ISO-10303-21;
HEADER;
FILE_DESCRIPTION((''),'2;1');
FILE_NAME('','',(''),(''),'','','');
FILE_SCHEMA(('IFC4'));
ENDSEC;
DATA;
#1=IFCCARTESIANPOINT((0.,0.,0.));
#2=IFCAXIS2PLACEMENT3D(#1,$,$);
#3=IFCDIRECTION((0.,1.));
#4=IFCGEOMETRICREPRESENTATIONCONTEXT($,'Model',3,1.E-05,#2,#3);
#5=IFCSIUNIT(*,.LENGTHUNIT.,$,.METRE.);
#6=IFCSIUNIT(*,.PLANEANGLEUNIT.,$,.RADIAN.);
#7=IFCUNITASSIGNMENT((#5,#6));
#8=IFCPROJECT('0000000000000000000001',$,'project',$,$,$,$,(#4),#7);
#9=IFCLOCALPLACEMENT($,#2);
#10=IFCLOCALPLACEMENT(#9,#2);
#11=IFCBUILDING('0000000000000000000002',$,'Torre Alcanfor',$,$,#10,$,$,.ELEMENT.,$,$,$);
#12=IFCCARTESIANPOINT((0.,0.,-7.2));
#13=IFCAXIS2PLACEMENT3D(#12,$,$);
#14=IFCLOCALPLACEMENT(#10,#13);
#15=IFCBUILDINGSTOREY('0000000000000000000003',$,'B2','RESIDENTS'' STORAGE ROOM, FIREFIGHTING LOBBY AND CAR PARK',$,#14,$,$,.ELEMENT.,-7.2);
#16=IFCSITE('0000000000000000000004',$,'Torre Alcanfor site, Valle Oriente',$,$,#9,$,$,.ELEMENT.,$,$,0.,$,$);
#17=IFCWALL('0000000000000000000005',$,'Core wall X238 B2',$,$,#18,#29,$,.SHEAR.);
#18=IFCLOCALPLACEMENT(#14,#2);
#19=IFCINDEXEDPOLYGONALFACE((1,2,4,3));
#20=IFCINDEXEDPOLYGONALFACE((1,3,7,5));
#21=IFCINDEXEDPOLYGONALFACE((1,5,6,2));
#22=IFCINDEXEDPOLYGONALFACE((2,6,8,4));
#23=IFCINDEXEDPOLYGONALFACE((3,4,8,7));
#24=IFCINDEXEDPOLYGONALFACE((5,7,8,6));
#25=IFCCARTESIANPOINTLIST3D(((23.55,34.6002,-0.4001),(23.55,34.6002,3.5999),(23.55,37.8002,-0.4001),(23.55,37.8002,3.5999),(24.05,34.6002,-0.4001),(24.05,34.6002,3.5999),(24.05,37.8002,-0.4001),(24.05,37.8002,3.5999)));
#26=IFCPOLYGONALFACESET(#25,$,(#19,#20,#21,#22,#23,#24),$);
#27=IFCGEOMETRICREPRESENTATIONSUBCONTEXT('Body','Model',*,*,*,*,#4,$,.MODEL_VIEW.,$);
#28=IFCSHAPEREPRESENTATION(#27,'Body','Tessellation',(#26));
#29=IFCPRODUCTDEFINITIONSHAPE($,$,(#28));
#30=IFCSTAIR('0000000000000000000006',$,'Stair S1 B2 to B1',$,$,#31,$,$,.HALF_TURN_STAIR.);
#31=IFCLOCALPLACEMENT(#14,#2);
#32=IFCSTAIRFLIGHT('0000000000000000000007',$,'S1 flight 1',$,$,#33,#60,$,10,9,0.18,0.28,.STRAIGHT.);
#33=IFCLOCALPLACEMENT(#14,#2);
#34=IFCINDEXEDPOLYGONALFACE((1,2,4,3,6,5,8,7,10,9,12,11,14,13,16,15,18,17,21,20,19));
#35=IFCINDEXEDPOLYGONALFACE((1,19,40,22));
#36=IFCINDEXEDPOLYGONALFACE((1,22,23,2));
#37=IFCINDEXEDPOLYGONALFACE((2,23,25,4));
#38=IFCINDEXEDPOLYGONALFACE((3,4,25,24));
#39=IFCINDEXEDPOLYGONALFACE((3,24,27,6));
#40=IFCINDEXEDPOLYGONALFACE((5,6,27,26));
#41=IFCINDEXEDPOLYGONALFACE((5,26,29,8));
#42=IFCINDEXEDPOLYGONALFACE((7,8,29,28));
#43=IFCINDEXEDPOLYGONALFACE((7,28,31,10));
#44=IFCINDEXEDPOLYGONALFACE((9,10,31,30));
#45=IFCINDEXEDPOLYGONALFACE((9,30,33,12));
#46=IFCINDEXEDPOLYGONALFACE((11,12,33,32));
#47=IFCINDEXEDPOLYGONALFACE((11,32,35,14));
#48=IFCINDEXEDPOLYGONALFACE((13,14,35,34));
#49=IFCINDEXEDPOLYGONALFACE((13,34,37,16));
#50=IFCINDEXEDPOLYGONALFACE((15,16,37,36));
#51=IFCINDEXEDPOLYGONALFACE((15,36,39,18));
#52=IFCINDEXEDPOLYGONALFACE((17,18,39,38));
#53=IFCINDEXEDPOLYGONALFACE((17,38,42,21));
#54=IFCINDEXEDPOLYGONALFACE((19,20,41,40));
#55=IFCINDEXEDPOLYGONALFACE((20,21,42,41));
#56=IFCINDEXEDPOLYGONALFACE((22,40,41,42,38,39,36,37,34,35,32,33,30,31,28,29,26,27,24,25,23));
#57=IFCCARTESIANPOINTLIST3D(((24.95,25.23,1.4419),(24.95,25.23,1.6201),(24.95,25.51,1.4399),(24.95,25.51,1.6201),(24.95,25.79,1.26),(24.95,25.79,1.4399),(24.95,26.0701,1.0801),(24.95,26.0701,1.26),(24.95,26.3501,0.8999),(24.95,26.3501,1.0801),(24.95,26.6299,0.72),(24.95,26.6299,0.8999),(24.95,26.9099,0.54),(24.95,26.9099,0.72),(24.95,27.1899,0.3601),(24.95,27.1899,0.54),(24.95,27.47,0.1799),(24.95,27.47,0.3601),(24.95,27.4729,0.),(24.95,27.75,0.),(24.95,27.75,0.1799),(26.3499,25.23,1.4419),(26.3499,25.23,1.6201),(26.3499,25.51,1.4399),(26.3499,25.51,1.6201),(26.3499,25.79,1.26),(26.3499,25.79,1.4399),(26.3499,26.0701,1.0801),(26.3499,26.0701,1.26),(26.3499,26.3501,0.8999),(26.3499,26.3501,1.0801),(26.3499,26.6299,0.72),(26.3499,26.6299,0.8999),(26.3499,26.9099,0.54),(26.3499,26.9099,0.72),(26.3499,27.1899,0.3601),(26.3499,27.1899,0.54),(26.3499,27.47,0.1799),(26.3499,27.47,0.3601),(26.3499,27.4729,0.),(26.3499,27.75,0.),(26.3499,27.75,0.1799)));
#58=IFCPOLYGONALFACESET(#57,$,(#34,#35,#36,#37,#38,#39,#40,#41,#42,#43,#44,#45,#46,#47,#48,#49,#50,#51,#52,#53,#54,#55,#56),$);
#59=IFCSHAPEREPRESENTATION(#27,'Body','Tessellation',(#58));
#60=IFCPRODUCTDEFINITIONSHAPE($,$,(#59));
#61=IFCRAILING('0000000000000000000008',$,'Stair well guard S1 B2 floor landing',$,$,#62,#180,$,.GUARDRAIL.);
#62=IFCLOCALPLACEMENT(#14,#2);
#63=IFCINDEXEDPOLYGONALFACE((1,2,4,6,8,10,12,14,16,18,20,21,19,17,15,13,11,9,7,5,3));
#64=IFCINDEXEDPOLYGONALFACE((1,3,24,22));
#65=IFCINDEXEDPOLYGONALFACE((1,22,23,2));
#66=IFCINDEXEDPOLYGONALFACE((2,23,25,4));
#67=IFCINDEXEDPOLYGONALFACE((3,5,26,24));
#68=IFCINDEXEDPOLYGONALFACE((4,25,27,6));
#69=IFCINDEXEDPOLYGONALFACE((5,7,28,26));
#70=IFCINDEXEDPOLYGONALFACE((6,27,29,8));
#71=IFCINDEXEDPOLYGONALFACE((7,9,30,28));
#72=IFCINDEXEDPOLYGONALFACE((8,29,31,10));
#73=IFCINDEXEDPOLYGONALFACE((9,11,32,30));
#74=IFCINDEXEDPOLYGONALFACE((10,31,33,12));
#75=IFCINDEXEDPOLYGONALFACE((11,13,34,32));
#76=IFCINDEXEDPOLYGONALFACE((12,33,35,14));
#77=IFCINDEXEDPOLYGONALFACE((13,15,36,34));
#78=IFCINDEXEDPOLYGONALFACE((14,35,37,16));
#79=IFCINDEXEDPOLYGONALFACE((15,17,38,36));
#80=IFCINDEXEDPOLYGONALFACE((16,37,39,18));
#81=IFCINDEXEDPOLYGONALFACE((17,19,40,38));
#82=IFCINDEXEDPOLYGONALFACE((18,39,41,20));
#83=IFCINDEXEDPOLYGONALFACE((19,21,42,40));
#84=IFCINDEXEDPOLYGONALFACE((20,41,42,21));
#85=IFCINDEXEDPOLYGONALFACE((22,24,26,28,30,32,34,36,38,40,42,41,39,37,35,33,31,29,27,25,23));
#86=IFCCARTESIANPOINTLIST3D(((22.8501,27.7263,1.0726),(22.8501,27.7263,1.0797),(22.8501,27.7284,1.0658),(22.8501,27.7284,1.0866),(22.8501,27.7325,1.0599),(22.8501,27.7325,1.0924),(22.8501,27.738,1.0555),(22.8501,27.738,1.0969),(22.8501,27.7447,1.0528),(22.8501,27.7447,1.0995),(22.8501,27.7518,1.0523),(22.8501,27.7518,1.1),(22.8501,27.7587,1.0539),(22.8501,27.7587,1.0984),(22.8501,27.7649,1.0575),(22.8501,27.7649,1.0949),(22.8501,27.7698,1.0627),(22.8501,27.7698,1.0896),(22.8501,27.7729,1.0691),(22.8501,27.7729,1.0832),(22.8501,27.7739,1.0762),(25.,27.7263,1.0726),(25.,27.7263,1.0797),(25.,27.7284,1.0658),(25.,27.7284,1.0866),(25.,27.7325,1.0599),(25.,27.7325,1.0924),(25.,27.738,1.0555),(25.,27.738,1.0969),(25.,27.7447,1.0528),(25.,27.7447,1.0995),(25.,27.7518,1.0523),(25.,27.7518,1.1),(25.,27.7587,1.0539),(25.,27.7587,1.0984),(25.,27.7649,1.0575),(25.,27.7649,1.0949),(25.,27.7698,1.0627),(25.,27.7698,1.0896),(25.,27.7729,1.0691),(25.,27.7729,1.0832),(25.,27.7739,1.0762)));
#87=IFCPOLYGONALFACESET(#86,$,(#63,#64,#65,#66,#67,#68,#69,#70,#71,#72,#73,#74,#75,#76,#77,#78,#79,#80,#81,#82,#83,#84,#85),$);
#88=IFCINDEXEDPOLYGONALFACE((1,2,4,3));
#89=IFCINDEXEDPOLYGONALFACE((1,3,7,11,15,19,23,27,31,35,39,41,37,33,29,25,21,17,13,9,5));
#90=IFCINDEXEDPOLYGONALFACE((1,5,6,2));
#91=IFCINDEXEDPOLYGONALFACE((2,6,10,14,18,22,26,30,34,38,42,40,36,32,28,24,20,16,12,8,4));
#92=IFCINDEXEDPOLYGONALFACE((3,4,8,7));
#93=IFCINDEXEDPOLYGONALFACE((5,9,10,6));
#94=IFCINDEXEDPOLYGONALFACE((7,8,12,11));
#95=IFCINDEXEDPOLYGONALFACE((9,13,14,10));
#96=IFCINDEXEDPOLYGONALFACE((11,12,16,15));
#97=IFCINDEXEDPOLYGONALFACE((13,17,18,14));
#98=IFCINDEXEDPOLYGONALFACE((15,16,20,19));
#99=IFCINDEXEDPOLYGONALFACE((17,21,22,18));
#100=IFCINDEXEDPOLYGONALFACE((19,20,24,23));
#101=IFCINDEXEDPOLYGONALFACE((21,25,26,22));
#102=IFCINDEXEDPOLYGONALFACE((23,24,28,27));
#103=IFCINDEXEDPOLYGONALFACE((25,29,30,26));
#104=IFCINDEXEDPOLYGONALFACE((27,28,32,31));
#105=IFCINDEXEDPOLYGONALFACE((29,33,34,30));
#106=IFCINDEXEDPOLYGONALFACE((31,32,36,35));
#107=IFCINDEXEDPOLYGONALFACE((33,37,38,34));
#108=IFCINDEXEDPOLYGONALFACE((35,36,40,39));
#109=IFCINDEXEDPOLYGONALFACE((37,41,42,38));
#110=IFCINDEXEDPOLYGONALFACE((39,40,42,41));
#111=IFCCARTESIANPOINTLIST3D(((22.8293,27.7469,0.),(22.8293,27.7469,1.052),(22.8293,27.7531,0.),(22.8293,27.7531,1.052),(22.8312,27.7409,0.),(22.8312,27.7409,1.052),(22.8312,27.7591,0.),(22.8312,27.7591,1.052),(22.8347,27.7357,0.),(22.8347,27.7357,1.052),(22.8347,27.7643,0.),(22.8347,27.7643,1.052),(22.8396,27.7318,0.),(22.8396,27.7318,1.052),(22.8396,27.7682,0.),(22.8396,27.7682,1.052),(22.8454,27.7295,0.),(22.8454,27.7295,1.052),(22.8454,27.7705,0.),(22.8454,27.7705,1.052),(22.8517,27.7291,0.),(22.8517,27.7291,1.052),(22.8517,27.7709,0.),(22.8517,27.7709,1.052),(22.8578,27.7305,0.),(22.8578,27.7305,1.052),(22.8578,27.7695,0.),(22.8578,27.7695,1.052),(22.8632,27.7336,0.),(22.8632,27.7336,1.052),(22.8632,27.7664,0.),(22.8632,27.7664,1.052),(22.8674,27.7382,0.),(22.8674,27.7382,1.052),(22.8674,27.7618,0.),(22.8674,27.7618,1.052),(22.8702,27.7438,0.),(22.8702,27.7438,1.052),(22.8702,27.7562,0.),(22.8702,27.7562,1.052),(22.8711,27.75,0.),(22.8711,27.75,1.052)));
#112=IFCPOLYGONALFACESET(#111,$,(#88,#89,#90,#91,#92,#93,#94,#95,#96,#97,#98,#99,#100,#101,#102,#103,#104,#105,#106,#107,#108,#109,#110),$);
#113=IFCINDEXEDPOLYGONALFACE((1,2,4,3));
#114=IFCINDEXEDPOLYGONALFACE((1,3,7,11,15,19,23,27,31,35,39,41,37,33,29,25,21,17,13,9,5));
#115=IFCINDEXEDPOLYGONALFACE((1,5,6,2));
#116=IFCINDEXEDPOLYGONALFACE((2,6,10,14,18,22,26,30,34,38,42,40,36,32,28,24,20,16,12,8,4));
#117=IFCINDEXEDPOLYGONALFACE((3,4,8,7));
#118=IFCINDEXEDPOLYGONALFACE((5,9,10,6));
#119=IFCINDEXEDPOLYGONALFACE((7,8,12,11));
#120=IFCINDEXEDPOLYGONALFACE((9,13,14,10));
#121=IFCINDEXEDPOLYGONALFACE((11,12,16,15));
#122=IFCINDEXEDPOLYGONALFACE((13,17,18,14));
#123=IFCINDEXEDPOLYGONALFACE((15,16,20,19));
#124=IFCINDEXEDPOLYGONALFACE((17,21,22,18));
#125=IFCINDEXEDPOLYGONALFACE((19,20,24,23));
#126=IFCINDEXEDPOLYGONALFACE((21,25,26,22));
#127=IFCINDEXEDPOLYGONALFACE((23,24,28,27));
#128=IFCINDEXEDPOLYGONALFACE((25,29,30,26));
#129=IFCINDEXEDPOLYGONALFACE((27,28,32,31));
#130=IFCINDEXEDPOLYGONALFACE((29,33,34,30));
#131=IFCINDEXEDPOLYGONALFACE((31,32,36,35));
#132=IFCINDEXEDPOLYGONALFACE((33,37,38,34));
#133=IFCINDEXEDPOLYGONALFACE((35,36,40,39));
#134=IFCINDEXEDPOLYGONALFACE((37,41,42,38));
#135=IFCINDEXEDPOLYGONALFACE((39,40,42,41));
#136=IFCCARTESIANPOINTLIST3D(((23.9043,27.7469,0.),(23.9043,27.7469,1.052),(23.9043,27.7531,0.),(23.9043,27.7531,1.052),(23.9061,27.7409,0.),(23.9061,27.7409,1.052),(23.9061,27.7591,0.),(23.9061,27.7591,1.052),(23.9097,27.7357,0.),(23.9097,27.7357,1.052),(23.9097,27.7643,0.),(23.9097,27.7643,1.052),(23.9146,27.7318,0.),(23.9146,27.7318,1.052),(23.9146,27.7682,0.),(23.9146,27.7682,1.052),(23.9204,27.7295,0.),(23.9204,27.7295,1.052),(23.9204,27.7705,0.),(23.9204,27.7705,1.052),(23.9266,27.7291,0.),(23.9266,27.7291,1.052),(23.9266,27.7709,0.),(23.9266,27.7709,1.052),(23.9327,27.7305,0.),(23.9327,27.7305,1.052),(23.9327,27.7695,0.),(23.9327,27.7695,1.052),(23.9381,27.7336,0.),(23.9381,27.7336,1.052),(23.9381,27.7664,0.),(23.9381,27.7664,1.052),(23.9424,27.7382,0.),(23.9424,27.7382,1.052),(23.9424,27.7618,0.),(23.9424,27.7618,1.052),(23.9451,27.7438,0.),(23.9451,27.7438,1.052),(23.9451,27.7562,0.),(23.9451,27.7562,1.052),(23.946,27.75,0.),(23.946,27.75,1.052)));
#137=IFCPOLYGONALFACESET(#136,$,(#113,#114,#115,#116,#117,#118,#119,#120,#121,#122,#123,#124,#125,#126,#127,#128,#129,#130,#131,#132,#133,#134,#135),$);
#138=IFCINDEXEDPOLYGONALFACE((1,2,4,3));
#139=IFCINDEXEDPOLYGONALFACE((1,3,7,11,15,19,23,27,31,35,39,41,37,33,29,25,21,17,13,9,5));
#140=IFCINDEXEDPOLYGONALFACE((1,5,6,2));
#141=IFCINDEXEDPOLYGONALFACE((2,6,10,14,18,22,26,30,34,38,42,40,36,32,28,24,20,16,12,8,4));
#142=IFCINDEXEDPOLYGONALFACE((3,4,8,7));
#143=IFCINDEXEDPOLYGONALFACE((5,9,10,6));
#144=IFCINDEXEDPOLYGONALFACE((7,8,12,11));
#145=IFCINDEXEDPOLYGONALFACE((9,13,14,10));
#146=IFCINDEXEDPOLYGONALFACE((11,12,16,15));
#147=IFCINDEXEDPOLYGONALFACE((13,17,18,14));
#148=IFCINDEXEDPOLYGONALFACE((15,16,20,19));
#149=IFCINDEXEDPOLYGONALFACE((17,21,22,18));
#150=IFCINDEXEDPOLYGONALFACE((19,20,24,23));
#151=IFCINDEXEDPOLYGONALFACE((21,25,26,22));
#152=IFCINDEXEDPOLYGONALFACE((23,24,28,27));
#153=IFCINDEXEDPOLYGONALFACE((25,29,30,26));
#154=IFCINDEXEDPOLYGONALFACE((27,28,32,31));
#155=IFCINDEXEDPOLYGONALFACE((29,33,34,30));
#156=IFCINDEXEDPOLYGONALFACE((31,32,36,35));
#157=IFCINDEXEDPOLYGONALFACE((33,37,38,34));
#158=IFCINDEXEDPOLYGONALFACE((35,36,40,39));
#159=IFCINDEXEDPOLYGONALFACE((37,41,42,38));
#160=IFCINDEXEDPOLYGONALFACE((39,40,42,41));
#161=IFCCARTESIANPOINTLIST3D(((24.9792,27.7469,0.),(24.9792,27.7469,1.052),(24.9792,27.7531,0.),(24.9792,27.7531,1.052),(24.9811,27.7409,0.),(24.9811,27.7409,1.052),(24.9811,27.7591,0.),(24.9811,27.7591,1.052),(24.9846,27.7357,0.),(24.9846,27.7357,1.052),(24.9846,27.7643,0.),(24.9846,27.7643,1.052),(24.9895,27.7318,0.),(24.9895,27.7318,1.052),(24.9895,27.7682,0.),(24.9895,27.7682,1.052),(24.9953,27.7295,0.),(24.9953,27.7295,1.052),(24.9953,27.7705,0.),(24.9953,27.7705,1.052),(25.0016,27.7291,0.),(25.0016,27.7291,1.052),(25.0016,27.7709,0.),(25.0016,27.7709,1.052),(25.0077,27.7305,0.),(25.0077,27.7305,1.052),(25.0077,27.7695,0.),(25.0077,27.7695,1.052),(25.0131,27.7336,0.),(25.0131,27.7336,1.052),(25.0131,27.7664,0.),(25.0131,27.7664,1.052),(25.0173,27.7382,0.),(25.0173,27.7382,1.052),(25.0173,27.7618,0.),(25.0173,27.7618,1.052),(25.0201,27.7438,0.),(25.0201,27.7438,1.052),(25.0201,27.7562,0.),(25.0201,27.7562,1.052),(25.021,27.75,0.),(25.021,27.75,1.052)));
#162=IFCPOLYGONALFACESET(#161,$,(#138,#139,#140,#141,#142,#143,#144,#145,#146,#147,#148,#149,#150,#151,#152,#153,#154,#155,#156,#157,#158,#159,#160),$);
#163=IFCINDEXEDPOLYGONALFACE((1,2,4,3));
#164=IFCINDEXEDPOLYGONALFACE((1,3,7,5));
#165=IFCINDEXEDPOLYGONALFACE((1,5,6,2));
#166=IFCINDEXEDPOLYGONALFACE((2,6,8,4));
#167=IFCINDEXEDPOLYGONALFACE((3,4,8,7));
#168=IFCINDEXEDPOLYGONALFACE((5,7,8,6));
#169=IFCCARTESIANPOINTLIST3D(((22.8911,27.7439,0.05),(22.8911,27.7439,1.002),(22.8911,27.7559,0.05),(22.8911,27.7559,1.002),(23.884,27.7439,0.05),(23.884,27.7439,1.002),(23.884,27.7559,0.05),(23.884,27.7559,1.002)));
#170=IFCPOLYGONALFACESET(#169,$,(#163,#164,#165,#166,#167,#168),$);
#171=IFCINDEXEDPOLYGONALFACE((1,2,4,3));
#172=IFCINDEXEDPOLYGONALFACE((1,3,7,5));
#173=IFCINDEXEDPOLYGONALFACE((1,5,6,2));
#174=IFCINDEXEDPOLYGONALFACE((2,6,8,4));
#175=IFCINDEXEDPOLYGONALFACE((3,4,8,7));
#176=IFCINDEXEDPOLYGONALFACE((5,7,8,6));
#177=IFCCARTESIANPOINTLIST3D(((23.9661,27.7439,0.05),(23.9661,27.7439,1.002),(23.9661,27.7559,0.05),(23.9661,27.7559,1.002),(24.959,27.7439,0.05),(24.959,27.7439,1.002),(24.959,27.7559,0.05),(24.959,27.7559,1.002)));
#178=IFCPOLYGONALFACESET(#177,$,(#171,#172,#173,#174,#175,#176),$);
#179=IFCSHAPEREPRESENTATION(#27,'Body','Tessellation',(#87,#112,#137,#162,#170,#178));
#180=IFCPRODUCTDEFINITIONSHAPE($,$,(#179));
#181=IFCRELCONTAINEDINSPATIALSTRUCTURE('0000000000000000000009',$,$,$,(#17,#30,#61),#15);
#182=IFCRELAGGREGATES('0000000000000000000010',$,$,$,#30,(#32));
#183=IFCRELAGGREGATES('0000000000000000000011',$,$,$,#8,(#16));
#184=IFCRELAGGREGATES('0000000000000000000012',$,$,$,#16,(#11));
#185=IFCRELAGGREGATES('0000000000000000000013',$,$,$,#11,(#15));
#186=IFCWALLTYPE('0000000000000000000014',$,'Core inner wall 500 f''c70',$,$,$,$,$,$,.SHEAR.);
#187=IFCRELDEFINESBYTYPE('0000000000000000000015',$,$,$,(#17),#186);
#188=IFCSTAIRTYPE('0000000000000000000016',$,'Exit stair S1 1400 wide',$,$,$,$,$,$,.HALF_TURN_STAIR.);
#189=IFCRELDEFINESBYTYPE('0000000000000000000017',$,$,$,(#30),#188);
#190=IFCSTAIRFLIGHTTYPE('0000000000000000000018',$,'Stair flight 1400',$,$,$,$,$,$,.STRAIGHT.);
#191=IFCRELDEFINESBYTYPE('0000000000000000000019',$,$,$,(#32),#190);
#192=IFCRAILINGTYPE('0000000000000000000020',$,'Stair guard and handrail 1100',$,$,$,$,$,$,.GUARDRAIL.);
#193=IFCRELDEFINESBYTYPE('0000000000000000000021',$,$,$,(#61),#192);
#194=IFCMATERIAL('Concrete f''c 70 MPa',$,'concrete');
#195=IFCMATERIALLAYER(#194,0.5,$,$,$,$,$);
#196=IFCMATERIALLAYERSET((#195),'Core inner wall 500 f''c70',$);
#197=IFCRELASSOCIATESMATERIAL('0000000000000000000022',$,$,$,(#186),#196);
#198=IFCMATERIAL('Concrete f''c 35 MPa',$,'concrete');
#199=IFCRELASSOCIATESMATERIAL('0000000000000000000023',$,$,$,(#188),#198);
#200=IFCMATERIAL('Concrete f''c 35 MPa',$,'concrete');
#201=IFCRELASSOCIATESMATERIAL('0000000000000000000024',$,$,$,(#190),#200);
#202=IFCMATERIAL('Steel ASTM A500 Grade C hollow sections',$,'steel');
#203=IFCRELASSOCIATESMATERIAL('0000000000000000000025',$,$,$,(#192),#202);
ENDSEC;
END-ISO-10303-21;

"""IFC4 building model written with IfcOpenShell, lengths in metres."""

from ifc_helpers import new_model, si_unit, direction, frame, frame_2d, origin, origin_2d, place, context, subcontext, project, spatial, polyline, rectangle, circle, outline, extrude, material, layer, layer_set, type_object, element, aggregate, save


model = new_model("IFC4")

# Units and contexts
model_context = context("Model", 3, precision=1e-05, world=origin(), true_north=direction((0.0, 1.0)))
body_context = subcontext(model_context, "Body", "Model", "MODEL_VIEW")
ifc_project = project(units=[si_unit("LENGTHUNIT", "METRE"), si_unit("PLANEANGLEUNIT", "RADIAN")], contexts=[model_context])

# Site, building, storey
site_placement = place(None, origin())
site = spatial("IfcSite", under=ifc_project, at=site_placement, Name="Torre Alcanfor site, Valle Oriente", CompositionType="ELEMENT", RefElevation=0.0)
building_placement = place(site_placement, origin())
building = spatial("IfcBuilding", under=site, at=building_placement, Name="Torre Alcanfor", CompositionType="ELEMENT")
storey_placement = place(building_placement, frame((0.0, 0.0, -7.2)))
storey = spatial("IfcBuildingStorey", under=building, at=storey_placement, Name="B2", Description="RESIDENTS' STORAGE ROOM, FIREFIGHTING LOBBY AND CAR PARK", CompositionType="ELEMENT", Elevation=-7.2)

# Shared definitions
ifc_material_1 = material(Name="Concrete f'c 70 MPa", Category="concrete")
ifc_layer = layer(ifc_material_1, 0.5)
ifc_layer_set = layer_set([ifc_layer], Name="Core inner wall 500 f'c70")
wall_type = type_object("IfcWallType", Name="Core inner wall 500 f'c70", PredefinedType="SHEAR", material=ifc_layer_set)

# Wall
wall_1_placement = place(storey_placement, frame((23.8, 34.6001, -0.4001), z_axis=(0.0, 0.0, 1.0), x_axis=(0.0, 1.0, 0.0)))
element("IfcWall", 1, at=wall_1_placement, inside=storey, type_object=wall_type, Name="Core wall X238 B2", PredefinedType="SHEAR", context=body_context, shape_type="SweptSolid", body=[
    extrude(rectangle(XDim=3.2, YDim=0.5, at=frame_2d((1.6001, 0.0))), origin(), (0.0, 0.0, 1.0), 4.0),
])

# Stair, stair flight
ifc_material_2 = material(Name="Concrete f'c 35 MPa", Category="concrete")
stair_type = type_object("IfcStairType", Name="Exit stair S1 1400 wide", PredefinedType="HALF_TURN_STAIR", material=ifc_material_2)
stair_placement = place(storey_placement, origin())
stair = element("IfcStair", 2, at=stair_placement, inside=storey, type_object=stair_type, Name="Stair S1 B2 to B1", PredefinedType="HALF_TURN_STAIR")
ifc_material_3 = material(Name="Concrete f'c 35 MPa", Category="concrete")
stair_flight_type = type_object("IfcStairFlightType", Name="Stair flight 1400", PredefinedType="STRAIGHT", material=ifc_material_3)
stair_flight_placement = place(storey_placement, frame((25.6499, 27.75, 0.0), z_axis=(0.0, 0.0, 1.0), x_axis=(0.0, -1.0, 0.0)))
stair_flight = element("IfcStairFlight", 3, at=stair_flight_placement, type_object=stair_flight_type, Name="S1 flight 1", NumberOfRisers=10, NumberOfTreads=9, PredefinedType="STRAIGHT", RiserHeight=0.18, TreadLength=0.28, context=body_context, shape_type="SweptSolid", body=[
    extrude(outline(polyline([(0.0, 0.0), (0.0, 0.1799), (0.28, 0.1799), (0.28, 0.3601), (0.5601, 0.3601), (0.5601, 0.54), (0.8401, 0.54), (0.8401, 0.72), (1.1201, 0.72), (1.1201, 0.8999), (1.3999, 0.8999), (1.3999, 1.0801), (1.6799, 1.0801), (1.6799, 1.26), (1.96, 1.26), (1.96, 1.4399), (2.24, 1.4399), (2.24, 1.6201), (2.52, 1.6201), (2.52, 1.8), (2.52, 1.4419), (0.2771, 0.0), (0.0, 0.0)])), frame((0.0, 0.7, 0.0), z_axis=(0.0, -1.0, 0.0), x_axis=(1.0, 0.0, 0.0)), (0.0, 0.0, 1.0), 1.3999),
])
aggregate(stair, [stair_flight])

# Railing
ifc_material_4 = material(Name="Steel ASTM A500 Grade C hollow sections", Category="steel")
railing_type_1 = type_object("IfcRailingType", Name="Stair guard and handrail 1100", PredefinedType="GUARDRAIL", material=ifc_material_4)
for number, where, name in (
    (4, (22.8501, 27.75, 0.0), "Stair well guard S1 B2 floor landing"),
):
    element("IfcRailing", number, at=place(storey_placement, frame(where)), inside=storey, type_object=railing_type_1, Name=name, PredefinedType="GUARDRAIL", context=body_context, shape_type="SweptSolid", body=[
        extrude(circle(Radius=0.0239, at=origin_2d()), frame((0.0, 0.0, 1.0762), z_axis=(1.0, 0.0, 0.0), x_axis=(0.0, 1.0, 0.0)), (0.0, 0.0, 1.0), 2.1499),
        extrude(circle(Radius=0.021, at=origin_2d()), origin(), (0.0, 0.0, 1.0), 1.052),
        extrude(circle(Radius=0.021, at=origin_2d()), frame((1.075, 0.0, 0.0)), (0.0, 0.0, 1.0), 1.052),
        extrude(circle(Radius=0.021, at=origin_2d()), frame((2.1499, 0.0, 0.0)), (0.0, 0.0, 1.0), 1.052),
        extrude(outline(polyline([(0.041, 0.05), (1.0339, 0.05), (1.0339, 1.002), (0.041, 1.002), (0.041, 0.05)])), frame((0.0, 0.0059, 0.0), z_axis=(0.0, -1.0, 0.0), x_axis=(1.0, 0.0, 0.0)), (0.0, 0.0, 1.0), 0.012),
        extrude(outline(polyline([(1.116, 0.05), (2.1089, 0.05), (2.1089, 1.002), (1.116, 1.002), (1.116, 0.05)])), frame((0.0, 0.0059, 0.0), z_axis=(0.0, -1.0, 0.0), x_axis=(1.0, 0.0, 0.0)), (0.0, 0.0, 1.0), 0.012),
    ])

save(model, "model.ifc")
